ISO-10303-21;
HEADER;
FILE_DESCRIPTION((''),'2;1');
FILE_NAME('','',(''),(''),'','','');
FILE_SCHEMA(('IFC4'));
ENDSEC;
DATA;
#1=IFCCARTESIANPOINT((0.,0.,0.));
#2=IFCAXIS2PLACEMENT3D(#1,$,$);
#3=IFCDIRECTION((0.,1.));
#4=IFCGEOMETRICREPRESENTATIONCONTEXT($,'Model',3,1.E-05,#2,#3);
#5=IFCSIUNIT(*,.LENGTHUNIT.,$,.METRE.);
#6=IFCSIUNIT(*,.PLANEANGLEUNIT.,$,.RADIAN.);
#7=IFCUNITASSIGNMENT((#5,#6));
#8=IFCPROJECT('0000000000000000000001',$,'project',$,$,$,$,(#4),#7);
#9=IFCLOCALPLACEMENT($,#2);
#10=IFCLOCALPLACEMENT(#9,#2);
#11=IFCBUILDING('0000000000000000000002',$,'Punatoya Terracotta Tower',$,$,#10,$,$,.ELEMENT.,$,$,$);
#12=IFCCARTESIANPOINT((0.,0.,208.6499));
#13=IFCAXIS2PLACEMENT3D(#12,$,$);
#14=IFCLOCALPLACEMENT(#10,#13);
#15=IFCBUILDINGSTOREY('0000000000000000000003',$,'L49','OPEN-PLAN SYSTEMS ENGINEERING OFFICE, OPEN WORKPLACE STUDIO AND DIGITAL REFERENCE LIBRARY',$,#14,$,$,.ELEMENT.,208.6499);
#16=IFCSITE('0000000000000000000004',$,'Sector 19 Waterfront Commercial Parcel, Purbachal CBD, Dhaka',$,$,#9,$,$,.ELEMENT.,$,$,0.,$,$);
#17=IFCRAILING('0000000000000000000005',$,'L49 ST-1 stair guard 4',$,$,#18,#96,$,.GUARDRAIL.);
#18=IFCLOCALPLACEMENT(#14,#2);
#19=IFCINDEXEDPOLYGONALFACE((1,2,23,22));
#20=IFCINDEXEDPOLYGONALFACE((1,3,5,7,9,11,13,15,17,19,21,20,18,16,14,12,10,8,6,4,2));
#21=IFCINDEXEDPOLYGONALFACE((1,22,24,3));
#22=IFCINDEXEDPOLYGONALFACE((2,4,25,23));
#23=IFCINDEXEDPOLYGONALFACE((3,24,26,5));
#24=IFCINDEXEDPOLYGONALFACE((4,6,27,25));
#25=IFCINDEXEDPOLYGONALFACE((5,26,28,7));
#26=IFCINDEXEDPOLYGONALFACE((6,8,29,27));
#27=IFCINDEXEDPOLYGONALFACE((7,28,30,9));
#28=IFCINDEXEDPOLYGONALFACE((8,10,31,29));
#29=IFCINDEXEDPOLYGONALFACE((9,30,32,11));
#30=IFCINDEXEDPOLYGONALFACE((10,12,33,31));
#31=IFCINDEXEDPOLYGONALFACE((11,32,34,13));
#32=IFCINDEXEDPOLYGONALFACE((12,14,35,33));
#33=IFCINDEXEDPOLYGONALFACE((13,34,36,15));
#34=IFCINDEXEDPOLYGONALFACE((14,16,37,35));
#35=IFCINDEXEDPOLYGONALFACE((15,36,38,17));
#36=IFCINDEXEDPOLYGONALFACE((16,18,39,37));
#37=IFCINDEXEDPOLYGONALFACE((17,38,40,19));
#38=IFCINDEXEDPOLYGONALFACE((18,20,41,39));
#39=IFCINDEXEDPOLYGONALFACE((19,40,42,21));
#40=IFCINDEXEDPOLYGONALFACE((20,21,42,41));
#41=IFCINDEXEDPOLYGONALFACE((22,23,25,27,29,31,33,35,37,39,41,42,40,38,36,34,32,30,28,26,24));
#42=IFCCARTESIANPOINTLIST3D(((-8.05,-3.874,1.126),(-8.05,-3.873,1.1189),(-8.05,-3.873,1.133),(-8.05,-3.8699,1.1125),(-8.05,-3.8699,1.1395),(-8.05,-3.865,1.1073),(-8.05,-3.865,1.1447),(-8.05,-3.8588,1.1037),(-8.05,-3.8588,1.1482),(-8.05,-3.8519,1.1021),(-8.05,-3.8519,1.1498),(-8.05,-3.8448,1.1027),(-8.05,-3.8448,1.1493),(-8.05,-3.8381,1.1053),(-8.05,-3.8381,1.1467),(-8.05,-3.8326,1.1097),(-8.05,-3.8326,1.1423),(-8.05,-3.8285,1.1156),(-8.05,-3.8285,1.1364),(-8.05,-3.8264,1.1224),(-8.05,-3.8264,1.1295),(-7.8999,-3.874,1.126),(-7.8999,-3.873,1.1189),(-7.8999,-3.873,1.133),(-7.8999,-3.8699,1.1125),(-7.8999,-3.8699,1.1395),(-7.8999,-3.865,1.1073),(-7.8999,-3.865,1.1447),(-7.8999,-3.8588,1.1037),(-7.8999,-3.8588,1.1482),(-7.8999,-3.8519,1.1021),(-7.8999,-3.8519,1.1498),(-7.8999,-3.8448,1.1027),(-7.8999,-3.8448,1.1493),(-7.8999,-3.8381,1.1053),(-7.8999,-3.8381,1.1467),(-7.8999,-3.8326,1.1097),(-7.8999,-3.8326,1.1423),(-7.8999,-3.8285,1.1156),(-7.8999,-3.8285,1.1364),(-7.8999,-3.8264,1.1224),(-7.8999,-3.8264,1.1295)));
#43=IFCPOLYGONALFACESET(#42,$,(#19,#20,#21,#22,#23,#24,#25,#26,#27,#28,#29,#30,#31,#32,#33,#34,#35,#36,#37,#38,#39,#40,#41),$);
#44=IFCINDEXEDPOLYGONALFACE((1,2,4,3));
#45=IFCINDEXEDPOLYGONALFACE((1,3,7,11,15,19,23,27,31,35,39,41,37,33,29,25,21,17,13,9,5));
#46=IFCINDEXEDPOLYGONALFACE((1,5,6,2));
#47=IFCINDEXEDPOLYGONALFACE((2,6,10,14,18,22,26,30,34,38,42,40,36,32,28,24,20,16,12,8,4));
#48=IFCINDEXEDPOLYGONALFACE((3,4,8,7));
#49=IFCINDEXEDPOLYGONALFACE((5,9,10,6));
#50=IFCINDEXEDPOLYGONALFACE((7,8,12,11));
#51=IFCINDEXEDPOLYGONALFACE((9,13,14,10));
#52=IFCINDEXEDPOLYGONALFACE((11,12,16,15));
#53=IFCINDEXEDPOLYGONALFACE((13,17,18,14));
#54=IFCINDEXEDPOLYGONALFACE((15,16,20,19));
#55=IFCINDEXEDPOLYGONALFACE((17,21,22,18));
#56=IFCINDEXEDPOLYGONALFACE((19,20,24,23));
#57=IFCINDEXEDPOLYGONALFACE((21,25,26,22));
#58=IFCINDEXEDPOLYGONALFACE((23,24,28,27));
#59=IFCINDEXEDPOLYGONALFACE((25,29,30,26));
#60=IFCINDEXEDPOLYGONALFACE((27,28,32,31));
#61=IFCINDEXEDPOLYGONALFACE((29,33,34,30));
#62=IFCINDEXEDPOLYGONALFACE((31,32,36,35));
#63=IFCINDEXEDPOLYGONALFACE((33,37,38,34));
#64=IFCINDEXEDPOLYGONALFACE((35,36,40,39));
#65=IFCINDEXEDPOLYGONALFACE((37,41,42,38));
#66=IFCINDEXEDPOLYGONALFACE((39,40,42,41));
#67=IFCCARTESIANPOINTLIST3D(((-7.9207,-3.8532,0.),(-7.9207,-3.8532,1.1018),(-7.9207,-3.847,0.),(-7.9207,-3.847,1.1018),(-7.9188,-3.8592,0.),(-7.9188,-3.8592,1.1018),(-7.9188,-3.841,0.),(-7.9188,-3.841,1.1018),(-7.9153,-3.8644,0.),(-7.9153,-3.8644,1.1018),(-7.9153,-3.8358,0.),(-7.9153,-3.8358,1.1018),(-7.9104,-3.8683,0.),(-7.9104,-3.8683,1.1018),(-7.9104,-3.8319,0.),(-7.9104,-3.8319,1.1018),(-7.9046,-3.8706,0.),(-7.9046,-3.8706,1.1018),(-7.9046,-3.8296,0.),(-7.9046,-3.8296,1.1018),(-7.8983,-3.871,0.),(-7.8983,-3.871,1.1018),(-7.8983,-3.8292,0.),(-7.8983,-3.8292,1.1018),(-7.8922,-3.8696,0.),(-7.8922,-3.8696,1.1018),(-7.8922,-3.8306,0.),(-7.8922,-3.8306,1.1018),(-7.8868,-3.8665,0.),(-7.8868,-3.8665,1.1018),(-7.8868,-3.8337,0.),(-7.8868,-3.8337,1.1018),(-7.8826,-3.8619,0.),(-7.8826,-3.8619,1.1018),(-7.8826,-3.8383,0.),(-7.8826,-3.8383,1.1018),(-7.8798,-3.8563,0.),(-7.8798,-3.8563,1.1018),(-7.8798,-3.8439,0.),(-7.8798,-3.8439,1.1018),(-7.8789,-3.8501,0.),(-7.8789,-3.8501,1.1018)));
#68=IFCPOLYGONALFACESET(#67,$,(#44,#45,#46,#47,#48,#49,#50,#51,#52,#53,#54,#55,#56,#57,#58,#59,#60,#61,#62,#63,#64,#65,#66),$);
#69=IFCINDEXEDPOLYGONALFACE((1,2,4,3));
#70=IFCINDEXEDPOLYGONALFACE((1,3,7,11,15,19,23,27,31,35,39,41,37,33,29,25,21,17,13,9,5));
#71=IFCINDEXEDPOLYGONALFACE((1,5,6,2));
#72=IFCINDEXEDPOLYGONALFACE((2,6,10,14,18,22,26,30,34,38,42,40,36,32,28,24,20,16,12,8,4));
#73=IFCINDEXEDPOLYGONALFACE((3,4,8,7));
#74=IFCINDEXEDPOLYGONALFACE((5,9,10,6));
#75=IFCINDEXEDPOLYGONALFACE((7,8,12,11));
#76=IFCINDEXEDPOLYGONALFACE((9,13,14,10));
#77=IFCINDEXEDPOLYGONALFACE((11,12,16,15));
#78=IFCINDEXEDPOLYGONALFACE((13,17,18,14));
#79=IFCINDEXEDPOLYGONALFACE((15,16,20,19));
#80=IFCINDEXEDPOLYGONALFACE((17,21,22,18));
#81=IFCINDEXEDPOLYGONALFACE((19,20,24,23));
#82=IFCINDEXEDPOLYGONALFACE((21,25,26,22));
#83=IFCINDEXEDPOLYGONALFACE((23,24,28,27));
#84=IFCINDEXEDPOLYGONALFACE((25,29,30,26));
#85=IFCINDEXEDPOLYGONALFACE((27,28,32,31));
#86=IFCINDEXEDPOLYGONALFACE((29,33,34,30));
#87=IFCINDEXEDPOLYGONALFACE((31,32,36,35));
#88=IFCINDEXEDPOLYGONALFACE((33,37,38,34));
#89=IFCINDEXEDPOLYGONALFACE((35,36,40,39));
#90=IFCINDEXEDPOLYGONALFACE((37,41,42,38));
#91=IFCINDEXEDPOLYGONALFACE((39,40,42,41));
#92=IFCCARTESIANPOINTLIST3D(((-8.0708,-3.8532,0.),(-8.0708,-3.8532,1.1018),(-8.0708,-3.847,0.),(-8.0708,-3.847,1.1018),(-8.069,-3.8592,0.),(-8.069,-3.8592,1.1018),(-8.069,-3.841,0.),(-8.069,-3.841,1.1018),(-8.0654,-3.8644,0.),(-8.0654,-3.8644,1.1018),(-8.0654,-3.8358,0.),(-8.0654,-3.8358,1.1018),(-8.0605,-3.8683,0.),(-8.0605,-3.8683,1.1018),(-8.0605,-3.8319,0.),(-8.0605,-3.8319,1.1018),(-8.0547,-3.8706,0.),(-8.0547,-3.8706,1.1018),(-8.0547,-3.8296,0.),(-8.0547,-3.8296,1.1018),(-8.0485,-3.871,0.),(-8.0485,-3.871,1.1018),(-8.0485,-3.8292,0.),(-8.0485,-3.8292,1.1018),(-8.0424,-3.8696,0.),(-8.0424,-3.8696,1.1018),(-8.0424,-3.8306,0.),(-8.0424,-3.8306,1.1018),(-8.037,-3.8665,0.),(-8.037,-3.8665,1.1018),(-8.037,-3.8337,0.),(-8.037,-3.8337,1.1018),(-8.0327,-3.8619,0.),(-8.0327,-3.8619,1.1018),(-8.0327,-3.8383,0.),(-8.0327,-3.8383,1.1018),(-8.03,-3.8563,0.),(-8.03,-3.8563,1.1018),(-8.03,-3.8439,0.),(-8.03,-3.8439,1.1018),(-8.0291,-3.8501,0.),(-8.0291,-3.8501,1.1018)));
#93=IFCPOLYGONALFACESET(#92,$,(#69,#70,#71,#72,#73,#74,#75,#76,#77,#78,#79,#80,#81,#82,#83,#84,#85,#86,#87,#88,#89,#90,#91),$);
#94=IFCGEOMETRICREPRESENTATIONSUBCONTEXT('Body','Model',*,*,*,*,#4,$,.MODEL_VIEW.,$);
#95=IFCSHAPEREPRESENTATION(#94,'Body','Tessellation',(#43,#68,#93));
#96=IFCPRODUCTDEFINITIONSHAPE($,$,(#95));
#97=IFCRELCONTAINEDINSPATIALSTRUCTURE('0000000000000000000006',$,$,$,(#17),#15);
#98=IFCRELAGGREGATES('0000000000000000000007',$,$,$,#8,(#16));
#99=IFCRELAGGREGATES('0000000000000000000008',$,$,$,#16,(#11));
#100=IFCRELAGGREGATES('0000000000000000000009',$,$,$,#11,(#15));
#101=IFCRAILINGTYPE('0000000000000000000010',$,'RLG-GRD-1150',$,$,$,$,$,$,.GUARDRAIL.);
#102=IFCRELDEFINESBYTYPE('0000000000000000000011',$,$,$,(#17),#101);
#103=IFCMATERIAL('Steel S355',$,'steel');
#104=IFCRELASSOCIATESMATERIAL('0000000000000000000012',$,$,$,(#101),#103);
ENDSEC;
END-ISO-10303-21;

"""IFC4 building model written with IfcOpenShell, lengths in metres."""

from ifc_helpers import new_model, si_unit, direction, frame, origin, origin_2d, place, context, subcontext, project, spatial, circle, extrude, material, type_object, element, save


model = new_model("IFC4")

# Units and contexts
model_context = context("Model", 3, precision=1e-05, world=origin(), true_north=direction((0.0, 1.0)))
body_context = subcontext(model_context, "Body", "Model", "MODEL_VIEW")
ifc_project = project(units=[si_unit("LENGTHUNIT", "METRE"), si_unit("PLANEANGLEUNIT", "RADIAN")], contexts=[model_context])

# Site, building, storey
site_placement = place(None, origin())
site = spatial("IfcSite", under=ifc_project, at=site_placement, Name="Sector 19 Waterfront Commercial Parcel, Purbachal CBD, Dhaka", CompositionType="ELEMENT", RefElevation=0.0)
building_placement = place(site_placement, origin())
building = spatial("IfcBuilding", under=site, at=building_placement, Name="Punatoya Terracotta Tower", CompositionType="ELEMENT")
storey_placement = place(building_placement, frame((0.0, 0.0, 208.6499)))
storey = spatial("IfcBuildingStorey", under=building, at=storey_placement, Name="L49", Description="OPEN-PLAN SYSTEMS ENGINEERING OFFICE, OPEN WORKPLACE STUDIO AND DIGITAL REFERENCE LIBRARY", CompositionType="ELEMENT", Elevation=208.6499)

# Shared definitions
ifc_material_1 = material(Name="Steel S355", Category="steel")

# Railing
railing_type_1 = type_object("IfcRailingType", Name="RLG-GRD-1150", PredefinedType="GUARDRAIL", material=ifc_material_1)
railing_1_placement = place(storey_placement, frame((-7.8999, -3.8501, 0.0)))
element("IfcRailing", 1, at=railing_1_placement, inside=storey, type_object=railing_type_1, Name="L49 ST-1 stair guard 4", PredefinedType="GUARDRAIL", context=body_context, shape_type="SweptSolid", body=[
    extrude(circle(Radius=0.0239, at=origin_2d()), frame((0.0, 0.0, 1.126), z_axis=(-1.0, 0.0, 0.0), x_axis=(0.0, -1.0, 0.0)), (0.0, 0.0, 1.0), 0.1501),
    extrude(circle(Radius=0.021, at=origin_2d()), origin(), (0.0, 0.0, 1.0), 1.1018),
    extrude(circle(Radius=0.021, at=origin_2d()), frame((-0.1501, 0.0, 0.0)), (0.0, 0.0, 1.0), 1.1018),
])

save(model, "model.ifc")
